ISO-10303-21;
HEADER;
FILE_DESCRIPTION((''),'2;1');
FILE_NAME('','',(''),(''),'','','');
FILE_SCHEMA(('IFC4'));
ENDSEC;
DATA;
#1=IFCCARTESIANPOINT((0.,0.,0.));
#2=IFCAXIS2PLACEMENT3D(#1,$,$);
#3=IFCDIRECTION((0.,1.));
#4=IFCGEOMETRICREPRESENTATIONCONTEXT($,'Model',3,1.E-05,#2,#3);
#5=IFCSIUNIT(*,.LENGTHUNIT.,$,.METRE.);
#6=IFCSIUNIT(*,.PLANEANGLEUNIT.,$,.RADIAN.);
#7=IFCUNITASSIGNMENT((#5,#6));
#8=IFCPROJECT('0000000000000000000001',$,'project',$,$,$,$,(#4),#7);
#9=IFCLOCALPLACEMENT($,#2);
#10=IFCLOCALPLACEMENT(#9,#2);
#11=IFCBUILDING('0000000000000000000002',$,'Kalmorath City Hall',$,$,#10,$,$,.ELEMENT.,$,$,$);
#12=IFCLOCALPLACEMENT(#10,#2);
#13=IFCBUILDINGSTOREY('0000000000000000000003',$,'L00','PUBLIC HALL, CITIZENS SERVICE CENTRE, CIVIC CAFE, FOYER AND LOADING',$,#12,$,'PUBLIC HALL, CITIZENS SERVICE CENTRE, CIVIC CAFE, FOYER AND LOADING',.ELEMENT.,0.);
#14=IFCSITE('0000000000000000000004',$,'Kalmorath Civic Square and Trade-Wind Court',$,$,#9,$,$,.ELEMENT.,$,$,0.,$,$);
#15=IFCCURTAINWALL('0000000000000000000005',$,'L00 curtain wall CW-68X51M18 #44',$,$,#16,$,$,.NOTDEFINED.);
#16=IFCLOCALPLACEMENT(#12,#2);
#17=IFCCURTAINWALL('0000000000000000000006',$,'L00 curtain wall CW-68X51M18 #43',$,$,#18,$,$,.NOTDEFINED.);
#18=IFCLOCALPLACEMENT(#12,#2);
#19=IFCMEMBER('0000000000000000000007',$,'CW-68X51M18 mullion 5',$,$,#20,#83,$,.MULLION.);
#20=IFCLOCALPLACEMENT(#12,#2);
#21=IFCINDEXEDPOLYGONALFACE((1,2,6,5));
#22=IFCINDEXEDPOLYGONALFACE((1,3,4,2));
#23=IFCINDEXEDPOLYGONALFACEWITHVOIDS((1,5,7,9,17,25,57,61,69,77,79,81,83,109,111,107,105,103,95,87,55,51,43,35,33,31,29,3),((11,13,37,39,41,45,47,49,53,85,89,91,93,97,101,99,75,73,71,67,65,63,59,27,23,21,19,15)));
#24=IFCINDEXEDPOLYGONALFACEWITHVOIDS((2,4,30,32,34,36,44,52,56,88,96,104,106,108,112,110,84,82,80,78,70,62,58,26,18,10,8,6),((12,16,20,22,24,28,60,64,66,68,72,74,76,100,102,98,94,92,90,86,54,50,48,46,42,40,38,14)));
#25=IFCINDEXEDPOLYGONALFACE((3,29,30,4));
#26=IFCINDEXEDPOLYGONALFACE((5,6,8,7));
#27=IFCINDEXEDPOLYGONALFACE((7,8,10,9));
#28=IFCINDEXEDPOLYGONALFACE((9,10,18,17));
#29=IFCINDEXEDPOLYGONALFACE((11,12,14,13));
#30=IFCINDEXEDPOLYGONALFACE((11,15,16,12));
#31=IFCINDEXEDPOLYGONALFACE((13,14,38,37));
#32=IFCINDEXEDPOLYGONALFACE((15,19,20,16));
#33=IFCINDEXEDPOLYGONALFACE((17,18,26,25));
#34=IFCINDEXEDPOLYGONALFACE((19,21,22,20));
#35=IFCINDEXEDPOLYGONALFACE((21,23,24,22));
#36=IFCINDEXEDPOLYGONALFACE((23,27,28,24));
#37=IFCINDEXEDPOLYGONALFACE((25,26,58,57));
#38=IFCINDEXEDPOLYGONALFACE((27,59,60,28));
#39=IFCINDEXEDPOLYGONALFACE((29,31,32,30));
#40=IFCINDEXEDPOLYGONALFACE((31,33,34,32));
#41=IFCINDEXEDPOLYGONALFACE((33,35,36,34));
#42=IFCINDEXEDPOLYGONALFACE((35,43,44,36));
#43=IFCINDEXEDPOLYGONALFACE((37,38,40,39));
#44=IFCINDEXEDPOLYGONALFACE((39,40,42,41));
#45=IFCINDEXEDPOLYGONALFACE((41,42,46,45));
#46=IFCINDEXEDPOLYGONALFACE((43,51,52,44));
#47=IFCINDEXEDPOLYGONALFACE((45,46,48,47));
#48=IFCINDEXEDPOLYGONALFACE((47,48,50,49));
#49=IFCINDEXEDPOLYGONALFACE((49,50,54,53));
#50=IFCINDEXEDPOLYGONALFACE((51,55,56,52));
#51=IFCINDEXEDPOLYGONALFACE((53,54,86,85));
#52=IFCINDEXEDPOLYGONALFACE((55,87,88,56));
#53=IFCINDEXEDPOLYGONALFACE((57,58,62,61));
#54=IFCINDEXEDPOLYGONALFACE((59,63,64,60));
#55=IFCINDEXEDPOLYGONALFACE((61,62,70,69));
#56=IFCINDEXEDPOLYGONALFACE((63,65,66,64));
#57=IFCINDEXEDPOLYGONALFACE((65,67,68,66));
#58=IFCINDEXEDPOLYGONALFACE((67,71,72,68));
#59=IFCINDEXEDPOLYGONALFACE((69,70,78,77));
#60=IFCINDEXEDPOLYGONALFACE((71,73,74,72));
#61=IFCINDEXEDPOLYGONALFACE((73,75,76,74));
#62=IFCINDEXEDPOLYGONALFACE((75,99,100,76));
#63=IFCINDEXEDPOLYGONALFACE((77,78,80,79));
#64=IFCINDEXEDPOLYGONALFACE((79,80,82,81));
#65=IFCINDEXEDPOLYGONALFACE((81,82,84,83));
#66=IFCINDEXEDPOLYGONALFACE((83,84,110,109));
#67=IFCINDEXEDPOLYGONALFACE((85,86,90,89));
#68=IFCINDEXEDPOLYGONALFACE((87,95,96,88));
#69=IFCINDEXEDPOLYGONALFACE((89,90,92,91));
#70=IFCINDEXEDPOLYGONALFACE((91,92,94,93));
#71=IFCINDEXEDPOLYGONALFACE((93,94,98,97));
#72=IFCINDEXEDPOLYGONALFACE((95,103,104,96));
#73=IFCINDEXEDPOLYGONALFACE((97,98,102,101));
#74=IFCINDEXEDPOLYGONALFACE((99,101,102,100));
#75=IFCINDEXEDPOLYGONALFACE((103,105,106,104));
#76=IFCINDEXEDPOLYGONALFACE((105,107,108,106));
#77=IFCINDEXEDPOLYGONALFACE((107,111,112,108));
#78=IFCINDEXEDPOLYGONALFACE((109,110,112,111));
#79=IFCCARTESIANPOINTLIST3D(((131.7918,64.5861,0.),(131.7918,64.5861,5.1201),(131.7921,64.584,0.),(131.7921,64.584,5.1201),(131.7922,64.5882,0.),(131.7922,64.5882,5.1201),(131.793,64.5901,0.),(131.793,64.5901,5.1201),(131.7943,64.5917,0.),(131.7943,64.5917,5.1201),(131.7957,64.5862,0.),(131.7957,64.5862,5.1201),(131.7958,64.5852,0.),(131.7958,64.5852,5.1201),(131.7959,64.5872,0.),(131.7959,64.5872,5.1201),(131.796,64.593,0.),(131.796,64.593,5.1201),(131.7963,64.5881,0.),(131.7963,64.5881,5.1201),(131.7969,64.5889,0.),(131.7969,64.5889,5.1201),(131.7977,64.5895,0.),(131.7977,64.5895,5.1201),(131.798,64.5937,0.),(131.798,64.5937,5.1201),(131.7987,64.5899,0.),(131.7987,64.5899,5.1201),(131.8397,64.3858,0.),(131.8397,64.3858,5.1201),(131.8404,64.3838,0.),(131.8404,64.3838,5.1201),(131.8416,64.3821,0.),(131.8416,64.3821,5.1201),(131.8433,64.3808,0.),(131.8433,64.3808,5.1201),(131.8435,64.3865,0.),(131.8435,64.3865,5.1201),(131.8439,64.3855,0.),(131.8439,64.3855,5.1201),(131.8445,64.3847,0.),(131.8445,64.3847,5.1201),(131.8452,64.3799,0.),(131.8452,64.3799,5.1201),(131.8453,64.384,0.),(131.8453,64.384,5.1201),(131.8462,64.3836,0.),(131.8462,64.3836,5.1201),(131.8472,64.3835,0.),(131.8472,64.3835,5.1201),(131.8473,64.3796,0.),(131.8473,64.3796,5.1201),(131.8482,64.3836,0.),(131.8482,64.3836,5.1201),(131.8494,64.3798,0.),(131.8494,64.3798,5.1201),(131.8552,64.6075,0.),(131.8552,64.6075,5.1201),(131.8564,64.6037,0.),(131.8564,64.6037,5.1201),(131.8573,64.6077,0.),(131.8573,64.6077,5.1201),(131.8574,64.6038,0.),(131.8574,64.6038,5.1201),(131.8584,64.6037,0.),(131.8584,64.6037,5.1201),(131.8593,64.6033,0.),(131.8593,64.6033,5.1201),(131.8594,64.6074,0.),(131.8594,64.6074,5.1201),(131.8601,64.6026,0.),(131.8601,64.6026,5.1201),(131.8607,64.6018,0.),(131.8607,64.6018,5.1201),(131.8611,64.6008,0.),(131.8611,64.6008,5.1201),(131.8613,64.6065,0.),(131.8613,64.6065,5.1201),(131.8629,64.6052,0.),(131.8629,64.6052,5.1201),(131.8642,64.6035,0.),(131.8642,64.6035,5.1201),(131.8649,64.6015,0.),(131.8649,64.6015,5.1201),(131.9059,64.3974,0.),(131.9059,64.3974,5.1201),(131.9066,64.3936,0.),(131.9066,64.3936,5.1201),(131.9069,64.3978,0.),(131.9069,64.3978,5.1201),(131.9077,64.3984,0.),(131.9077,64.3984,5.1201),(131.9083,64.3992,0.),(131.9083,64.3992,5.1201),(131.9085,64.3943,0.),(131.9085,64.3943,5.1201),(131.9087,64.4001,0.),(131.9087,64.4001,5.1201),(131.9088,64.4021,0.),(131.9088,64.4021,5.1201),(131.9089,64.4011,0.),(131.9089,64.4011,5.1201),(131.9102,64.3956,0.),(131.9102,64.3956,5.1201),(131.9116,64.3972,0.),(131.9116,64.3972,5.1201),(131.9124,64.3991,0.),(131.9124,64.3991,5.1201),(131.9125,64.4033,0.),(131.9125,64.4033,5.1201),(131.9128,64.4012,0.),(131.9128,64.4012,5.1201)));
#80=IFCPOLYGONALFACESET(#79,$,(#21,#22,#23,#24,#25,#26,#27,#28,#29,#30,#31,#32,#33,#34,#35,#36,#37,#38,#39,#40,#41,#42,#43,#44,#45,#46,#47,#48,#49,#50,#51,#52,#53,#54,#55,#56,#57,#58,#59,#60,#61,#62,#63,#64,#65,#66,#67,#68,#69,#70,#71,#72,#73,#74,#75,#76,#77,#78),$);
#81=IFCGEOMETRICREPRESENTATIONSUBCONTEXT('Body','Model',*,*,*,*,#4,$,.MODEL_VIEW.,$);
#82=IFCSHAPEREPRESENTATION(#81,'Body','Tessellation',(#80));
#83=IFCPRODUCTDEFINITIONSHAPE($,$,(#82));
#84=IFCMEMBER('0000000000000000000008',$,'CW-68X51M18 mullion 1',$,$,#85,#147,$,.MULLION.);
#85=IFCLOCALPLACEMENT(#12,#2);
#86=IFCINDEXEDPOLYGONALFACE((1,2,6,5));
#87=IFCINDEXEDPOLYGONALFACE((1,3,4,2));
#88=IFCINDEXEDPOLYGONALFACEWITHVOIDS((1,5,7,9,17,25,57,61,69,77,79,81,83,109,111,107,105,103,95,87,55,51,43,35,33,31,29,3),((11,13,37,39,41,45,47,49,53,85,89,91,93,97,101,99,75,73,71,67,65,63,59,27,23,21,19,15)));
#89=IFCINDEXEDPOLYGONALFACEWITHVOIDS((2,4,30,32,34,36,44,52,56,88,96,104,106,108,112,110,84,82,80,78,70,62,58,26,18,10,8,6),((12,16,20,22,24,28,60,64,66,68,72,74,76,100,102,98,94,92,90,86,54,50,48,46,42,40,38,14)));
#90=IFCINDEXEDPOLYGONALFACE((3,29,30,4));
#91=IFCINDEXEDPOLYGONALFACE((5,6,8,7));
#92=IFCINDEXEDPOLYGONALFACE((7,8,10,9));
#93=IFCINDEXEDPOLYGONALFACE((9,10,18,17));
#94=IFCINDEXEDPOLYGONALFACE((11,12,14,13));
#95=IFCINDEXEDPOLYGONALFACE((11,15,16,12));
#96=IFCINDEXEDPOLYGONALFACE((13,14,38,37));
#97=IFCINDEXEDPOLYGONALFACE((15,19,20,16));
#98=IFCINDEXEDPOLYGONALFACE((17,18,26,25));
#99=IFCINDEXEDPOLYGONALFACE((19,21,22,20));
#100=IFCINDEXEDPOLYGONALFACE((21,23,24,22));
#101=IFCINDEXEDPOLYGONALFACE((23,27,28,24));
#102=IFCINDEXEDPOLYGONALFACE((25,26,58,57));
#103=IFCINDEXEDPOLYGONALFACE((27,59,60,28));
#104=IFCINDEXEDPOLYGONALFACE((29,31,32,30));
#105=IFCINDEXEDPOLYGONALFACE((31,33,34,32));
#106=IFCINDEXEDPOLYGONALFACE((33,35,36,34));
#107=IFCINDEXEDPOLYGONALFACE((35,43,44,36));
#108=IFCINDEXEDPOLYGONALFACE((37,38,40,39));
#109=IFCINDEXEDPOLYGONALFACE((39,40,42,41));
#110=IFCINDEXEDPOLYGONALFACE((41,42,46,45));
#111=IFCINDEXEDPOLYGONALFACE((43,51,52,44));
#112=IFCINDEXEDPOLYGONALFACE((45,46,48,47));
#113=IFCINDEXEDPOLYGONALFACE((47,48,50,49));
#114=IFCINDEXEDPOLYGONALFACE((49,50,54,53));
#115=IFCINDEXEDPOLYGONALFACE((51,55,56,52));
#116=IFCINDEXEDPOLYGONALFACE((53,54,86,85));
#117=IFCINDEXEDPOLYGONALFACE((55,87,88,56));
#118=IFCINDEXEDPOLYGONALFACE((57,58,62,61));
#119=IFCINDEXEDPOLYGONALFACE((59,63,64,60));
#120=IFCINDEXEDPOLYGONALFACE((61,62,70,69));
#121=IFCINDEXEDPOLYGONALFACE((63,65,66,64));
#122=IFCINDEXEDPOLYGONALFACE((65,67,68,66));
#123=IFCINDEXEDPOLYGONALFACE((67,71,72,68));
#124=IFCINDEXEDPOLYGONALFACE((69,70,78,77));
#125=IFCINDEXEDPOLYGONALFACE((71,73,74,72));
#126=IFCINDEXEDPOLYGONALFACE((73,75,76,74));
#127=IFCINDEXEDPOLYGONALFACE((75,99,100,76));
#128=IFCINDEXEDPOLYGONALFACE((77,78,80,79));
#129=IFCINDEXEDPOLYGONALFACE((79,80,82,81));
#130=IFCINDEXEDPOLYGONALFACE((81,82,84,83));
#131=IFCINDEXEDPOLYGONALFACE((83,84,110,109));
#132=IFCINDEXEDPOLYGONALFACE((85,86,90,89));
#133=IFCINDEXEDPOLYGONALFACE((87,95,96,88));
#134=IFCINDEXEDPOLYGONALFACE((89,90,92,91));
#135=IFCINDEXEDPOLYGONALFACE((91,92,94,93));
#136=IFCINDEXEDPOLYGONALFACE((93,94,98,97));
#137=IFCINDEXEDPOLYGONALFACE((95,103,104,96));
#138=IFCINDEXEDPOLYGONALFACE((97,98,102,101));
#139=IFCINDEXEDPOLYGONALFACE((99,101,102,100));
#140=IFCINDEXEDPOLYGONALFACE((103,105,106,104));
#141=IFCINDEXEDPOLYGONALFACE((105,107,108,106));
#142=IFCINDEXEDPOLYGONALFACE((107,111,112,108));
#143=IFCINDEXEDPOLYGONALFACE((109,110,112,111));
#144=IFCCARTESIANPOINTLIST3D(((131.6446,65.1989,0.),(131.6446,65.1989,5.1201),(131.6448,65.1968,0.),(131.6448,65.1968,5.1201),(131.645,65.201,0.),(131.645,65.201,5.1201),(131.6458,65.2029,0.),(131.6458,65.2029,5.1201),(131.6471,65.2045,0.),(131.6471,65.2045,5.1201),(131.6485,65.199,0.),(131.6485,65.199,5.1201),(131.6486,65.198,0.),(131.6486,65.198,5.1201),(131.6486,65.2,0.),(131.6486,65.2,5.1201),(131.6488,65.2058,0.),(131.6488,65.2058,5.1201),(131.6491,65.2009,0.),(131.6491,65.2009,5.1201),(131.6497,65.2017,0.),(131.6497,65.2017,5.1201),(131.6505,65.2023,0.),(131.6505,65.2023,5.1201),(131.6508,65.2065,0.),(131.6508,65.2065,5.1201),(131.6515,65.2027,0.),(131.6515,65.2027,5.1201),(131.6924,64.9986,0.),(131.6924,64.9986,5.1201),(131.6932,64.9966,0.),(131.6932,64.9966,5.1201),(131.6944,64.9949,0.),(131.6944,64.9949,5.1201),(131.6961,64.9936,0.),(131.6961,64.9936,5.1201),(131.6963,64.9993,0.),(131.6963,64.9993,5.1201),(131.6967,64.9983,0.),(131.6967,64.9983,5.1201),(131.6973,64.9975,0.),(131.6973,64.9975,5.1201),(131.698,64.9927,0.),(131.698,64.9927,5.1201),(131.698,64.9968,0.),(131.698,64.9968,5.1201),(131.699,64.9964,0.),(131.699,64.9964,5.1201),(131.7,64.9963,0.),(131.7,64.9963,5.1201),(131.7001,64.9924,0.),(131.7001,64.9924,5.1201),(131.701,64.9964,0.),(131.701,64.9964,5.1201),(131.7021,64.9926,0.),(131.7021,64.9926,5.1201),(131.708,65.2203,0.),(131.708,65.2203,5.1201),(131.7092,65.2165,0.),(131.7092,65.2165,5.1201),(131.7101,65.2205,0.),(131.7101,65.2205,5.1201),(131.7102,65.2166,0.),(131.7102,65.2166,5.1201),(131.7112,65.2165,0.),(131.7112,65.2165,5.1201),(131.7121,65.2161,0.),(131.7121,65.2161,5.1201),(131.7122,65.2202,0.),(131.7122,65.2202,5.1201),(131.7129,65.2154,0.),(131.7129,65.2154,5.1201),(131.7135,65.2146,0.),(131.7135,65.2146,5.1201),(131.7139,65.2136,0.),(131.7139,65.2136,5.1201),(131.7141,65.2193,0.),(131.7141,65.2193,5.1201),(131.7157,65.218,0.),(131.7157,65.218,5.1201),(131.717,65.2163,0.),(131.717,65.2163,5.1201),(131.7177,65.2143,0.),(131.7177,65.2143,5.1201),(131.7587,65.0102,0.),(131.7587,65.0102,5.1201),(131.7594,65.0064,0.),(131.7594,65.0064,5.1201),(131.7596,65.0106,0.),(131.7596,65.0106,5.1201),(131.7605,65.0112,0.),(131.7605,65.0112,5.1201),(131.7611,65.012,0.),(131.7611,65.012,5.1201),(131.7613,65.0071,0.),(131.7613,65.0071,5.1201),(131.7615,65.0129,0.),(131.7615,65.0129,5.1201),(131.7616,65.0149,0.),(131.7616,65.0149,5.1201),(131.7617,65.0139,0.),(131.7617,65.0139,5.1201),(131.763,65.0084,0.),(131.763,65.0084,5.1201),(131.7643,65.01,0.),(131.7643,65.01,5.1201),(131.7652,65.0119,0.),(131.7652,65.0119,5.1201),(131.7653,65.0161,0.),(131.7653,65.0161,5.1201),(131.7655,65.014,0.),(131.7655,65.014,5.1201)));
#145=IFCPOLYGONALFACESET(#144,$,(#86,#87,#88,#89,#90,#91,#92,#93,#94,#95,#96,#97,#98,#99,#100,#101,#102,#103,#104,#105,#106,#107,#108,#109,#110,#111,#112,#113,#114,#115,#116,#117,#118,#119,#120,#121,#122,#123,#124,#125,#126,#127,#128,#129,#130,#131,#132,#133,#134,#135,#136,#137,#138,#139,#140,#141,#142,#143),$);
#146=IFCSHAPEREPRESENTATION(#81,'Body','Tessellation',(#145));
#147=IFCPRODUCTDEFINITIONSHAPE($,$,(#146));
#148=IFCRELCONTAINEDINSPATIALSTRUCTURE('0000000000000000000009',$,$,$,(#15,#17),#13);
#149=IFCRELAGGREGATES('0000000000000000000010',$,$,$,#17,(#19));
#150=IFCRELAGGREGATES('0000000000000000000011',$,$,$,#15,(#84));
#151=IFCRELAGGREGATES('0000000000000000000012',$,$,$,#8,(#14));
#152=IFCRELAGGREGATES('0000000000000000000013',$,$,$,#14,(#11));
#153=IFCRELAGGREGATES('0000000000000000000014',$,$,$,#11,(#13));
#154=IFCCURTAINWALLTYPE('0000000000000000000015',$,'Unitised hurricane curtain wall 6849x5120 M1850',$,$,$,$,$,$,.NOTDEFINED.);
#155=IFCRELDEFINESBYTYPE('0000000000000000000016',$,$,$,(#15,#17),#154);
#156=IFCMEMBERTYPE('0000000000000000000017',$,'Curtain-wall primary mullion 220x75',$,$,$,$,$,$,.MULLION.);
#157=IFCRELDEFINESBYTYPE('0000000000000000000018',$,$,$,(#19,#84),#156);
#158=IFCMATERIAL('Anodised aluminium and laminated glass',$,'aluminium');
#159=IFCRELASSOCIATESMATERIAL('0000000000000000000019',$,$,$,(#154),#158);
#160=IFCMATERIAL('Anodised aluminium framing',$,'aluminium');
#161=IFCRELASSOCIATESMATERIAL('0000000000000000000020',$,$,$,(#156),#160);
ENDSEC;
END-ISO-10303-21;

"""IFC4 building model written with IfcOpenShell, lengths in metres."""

from ifc_helpers import new_model, si_unit, direction, frame, origin, origin_2d, place, context, subcontext, project, spatial, hollow_rectangle, extrude, material, material_profile, profile_set, type_object, element, aggregate, save


model = new_model("IFC4")

# Units and contexts
model_context = context("Model", 3, precision=1e-05, world=origin(), true_north=direction((0.0, 1.0)))
body_context = subcontext(model_context, "Body", "Model", "MODEL_VIEW")
ifc_project = project(units=[si_unit("LENGTHUNIT", "METRE"), si_unit("PLANEANGLEUNIT", "RADIAN")], contexts=[model_context])

# Site, building, storey
site_placement = place(None, origin())
site = spatial("IfcSite", under=ifc_project, at=site_placement, Name="Kalmorath Civic Square and Trade-Wind Court", CompositionType="ELEMENT", RefElevation=0.0)
building_placement = place(site_placement, origin())
building = spatial("IfcBuilding", under=site, at=building_placement, Name="Kalmorath City Hall", CompositionType="ELEMENT")
storey_placement = place(building_placement, origin())
storey = spatial("IfcBuildingStorey", under=building, at=storey_placement, Name="L00", Description="PUBLIC HALL, CITIZENS SERVICE CENTRE, CIVIC CAFE, FOYER AND LOADING", LongName="PUBLIC HALL, CITIZENS SERVICE CENTRE, CIVIC CAFE, FOYER AND LOADING", CompositionType="ELEMENT", Elevation=0.0)

# Curtain wall
ifc_material_1 = material(Name="Anodised aluminium and laminated glass", Category="aluminium")
curtain_wall_type = type_object("IfcCurtainWallType", Name="Unitised hurricane curtain wall 6849x5120 M1850", PredefinedType="NOTDEFINED", material=ifc_material_1)
curtain_wall_1_placement = place(storey_placement, origin())
curtain_wall_1 = element("IfcCurtainWall", 1, at=curtain_wall_1_placement, inside=storey, type_object=curtain_wall_type, Name="L00 curtain wall CW-68X51M18 #44", PredefinedType="NOTDEFINED")

# Curtain wall, member
curtain_wall_2_placement = place(storey_placement, origin())
curtain_wall_2 = element("IfcCurtainWall", 2, at=curtain_wall_2_placement, inside=storey, type_object=curtain_wall_type, Name="L00 curtain wall CW-68X51M18 #43", PredefinedType="NOTDEFINED")
ifc_material_2 = material(Name="Anodised aluminium framing", Category="aluminium")
ifc_material_profile_1 = material_profile(ifc_material_2, hollow_rectangle(XDim=0.075, YDim=0.22, WallThickness=0.0039, InnerFilletRadius=0.0039, OuterFilletRadius=0.0081, at=origin_2d()), Name="ALU-MUL-220X75X4")
ifc_profile_set_1 = profile_set([ifc_material_profile_1], Name="Anodised aluminium framing")
member_type_1 = type_object("IfcMemberType", Name="Curtain-wall primary mullion 220x75", PredefinedType="MULLION", material=ifc_profile_set_1)
member_1_placement = place(storey_placement, frame((131.8523, 64.4937, 0.0), z_axis=(0.0, 0.0, 1.0), x_axis=(-0.972367, -0.233456, 0.0)))
member_1 = element("IfcMember", 3, at=member_1_placement, type_object=member_type_1, Name="CW-68X51M18 mullion 5", PredefinedType="MULLION", context=body_context, shape_type="SweptSolid", body=[
    extrude(hollow_rectangle(XDim=0.075, YDim=0.22, WallThickness=0.0039, InnerFilletRadius=0.0039, OuterFilletRadius=0.0081, at=origin_2d()), origin(), (0.0, 0.0, 1.0), 5.1201),
])

# Member
member_2_placement = place(storey_placement, frame((131.7051, 65.1064, 0.0), z_axis=(0.0, 0.0, 1.0), x_axis=(-0.972371, -0.233442, 0.0)))
member_2 = element("IfcMember", 4, at=member_2_placement, type_object=member_type_1, Name="CW-68X51M18 mullion 1", PredefinedType="MULLION", context=body_context, shape_type="SweptSolid", body=[
    extrude(hollow_rectangle(XDim=0.075, YDim=0.22, WallThickness=0.0039, InnerFilletRadius=0.0039, OuterFilletRadius=0.0081, at=origin_2d()), origin(), (0.0, 0.0, 1.0), 5.1201),
])

aggregate(curtain_wall_2, [member_1])
aggregate(curtain_wall_1, [member_2])

save(model, "model.ifc")
